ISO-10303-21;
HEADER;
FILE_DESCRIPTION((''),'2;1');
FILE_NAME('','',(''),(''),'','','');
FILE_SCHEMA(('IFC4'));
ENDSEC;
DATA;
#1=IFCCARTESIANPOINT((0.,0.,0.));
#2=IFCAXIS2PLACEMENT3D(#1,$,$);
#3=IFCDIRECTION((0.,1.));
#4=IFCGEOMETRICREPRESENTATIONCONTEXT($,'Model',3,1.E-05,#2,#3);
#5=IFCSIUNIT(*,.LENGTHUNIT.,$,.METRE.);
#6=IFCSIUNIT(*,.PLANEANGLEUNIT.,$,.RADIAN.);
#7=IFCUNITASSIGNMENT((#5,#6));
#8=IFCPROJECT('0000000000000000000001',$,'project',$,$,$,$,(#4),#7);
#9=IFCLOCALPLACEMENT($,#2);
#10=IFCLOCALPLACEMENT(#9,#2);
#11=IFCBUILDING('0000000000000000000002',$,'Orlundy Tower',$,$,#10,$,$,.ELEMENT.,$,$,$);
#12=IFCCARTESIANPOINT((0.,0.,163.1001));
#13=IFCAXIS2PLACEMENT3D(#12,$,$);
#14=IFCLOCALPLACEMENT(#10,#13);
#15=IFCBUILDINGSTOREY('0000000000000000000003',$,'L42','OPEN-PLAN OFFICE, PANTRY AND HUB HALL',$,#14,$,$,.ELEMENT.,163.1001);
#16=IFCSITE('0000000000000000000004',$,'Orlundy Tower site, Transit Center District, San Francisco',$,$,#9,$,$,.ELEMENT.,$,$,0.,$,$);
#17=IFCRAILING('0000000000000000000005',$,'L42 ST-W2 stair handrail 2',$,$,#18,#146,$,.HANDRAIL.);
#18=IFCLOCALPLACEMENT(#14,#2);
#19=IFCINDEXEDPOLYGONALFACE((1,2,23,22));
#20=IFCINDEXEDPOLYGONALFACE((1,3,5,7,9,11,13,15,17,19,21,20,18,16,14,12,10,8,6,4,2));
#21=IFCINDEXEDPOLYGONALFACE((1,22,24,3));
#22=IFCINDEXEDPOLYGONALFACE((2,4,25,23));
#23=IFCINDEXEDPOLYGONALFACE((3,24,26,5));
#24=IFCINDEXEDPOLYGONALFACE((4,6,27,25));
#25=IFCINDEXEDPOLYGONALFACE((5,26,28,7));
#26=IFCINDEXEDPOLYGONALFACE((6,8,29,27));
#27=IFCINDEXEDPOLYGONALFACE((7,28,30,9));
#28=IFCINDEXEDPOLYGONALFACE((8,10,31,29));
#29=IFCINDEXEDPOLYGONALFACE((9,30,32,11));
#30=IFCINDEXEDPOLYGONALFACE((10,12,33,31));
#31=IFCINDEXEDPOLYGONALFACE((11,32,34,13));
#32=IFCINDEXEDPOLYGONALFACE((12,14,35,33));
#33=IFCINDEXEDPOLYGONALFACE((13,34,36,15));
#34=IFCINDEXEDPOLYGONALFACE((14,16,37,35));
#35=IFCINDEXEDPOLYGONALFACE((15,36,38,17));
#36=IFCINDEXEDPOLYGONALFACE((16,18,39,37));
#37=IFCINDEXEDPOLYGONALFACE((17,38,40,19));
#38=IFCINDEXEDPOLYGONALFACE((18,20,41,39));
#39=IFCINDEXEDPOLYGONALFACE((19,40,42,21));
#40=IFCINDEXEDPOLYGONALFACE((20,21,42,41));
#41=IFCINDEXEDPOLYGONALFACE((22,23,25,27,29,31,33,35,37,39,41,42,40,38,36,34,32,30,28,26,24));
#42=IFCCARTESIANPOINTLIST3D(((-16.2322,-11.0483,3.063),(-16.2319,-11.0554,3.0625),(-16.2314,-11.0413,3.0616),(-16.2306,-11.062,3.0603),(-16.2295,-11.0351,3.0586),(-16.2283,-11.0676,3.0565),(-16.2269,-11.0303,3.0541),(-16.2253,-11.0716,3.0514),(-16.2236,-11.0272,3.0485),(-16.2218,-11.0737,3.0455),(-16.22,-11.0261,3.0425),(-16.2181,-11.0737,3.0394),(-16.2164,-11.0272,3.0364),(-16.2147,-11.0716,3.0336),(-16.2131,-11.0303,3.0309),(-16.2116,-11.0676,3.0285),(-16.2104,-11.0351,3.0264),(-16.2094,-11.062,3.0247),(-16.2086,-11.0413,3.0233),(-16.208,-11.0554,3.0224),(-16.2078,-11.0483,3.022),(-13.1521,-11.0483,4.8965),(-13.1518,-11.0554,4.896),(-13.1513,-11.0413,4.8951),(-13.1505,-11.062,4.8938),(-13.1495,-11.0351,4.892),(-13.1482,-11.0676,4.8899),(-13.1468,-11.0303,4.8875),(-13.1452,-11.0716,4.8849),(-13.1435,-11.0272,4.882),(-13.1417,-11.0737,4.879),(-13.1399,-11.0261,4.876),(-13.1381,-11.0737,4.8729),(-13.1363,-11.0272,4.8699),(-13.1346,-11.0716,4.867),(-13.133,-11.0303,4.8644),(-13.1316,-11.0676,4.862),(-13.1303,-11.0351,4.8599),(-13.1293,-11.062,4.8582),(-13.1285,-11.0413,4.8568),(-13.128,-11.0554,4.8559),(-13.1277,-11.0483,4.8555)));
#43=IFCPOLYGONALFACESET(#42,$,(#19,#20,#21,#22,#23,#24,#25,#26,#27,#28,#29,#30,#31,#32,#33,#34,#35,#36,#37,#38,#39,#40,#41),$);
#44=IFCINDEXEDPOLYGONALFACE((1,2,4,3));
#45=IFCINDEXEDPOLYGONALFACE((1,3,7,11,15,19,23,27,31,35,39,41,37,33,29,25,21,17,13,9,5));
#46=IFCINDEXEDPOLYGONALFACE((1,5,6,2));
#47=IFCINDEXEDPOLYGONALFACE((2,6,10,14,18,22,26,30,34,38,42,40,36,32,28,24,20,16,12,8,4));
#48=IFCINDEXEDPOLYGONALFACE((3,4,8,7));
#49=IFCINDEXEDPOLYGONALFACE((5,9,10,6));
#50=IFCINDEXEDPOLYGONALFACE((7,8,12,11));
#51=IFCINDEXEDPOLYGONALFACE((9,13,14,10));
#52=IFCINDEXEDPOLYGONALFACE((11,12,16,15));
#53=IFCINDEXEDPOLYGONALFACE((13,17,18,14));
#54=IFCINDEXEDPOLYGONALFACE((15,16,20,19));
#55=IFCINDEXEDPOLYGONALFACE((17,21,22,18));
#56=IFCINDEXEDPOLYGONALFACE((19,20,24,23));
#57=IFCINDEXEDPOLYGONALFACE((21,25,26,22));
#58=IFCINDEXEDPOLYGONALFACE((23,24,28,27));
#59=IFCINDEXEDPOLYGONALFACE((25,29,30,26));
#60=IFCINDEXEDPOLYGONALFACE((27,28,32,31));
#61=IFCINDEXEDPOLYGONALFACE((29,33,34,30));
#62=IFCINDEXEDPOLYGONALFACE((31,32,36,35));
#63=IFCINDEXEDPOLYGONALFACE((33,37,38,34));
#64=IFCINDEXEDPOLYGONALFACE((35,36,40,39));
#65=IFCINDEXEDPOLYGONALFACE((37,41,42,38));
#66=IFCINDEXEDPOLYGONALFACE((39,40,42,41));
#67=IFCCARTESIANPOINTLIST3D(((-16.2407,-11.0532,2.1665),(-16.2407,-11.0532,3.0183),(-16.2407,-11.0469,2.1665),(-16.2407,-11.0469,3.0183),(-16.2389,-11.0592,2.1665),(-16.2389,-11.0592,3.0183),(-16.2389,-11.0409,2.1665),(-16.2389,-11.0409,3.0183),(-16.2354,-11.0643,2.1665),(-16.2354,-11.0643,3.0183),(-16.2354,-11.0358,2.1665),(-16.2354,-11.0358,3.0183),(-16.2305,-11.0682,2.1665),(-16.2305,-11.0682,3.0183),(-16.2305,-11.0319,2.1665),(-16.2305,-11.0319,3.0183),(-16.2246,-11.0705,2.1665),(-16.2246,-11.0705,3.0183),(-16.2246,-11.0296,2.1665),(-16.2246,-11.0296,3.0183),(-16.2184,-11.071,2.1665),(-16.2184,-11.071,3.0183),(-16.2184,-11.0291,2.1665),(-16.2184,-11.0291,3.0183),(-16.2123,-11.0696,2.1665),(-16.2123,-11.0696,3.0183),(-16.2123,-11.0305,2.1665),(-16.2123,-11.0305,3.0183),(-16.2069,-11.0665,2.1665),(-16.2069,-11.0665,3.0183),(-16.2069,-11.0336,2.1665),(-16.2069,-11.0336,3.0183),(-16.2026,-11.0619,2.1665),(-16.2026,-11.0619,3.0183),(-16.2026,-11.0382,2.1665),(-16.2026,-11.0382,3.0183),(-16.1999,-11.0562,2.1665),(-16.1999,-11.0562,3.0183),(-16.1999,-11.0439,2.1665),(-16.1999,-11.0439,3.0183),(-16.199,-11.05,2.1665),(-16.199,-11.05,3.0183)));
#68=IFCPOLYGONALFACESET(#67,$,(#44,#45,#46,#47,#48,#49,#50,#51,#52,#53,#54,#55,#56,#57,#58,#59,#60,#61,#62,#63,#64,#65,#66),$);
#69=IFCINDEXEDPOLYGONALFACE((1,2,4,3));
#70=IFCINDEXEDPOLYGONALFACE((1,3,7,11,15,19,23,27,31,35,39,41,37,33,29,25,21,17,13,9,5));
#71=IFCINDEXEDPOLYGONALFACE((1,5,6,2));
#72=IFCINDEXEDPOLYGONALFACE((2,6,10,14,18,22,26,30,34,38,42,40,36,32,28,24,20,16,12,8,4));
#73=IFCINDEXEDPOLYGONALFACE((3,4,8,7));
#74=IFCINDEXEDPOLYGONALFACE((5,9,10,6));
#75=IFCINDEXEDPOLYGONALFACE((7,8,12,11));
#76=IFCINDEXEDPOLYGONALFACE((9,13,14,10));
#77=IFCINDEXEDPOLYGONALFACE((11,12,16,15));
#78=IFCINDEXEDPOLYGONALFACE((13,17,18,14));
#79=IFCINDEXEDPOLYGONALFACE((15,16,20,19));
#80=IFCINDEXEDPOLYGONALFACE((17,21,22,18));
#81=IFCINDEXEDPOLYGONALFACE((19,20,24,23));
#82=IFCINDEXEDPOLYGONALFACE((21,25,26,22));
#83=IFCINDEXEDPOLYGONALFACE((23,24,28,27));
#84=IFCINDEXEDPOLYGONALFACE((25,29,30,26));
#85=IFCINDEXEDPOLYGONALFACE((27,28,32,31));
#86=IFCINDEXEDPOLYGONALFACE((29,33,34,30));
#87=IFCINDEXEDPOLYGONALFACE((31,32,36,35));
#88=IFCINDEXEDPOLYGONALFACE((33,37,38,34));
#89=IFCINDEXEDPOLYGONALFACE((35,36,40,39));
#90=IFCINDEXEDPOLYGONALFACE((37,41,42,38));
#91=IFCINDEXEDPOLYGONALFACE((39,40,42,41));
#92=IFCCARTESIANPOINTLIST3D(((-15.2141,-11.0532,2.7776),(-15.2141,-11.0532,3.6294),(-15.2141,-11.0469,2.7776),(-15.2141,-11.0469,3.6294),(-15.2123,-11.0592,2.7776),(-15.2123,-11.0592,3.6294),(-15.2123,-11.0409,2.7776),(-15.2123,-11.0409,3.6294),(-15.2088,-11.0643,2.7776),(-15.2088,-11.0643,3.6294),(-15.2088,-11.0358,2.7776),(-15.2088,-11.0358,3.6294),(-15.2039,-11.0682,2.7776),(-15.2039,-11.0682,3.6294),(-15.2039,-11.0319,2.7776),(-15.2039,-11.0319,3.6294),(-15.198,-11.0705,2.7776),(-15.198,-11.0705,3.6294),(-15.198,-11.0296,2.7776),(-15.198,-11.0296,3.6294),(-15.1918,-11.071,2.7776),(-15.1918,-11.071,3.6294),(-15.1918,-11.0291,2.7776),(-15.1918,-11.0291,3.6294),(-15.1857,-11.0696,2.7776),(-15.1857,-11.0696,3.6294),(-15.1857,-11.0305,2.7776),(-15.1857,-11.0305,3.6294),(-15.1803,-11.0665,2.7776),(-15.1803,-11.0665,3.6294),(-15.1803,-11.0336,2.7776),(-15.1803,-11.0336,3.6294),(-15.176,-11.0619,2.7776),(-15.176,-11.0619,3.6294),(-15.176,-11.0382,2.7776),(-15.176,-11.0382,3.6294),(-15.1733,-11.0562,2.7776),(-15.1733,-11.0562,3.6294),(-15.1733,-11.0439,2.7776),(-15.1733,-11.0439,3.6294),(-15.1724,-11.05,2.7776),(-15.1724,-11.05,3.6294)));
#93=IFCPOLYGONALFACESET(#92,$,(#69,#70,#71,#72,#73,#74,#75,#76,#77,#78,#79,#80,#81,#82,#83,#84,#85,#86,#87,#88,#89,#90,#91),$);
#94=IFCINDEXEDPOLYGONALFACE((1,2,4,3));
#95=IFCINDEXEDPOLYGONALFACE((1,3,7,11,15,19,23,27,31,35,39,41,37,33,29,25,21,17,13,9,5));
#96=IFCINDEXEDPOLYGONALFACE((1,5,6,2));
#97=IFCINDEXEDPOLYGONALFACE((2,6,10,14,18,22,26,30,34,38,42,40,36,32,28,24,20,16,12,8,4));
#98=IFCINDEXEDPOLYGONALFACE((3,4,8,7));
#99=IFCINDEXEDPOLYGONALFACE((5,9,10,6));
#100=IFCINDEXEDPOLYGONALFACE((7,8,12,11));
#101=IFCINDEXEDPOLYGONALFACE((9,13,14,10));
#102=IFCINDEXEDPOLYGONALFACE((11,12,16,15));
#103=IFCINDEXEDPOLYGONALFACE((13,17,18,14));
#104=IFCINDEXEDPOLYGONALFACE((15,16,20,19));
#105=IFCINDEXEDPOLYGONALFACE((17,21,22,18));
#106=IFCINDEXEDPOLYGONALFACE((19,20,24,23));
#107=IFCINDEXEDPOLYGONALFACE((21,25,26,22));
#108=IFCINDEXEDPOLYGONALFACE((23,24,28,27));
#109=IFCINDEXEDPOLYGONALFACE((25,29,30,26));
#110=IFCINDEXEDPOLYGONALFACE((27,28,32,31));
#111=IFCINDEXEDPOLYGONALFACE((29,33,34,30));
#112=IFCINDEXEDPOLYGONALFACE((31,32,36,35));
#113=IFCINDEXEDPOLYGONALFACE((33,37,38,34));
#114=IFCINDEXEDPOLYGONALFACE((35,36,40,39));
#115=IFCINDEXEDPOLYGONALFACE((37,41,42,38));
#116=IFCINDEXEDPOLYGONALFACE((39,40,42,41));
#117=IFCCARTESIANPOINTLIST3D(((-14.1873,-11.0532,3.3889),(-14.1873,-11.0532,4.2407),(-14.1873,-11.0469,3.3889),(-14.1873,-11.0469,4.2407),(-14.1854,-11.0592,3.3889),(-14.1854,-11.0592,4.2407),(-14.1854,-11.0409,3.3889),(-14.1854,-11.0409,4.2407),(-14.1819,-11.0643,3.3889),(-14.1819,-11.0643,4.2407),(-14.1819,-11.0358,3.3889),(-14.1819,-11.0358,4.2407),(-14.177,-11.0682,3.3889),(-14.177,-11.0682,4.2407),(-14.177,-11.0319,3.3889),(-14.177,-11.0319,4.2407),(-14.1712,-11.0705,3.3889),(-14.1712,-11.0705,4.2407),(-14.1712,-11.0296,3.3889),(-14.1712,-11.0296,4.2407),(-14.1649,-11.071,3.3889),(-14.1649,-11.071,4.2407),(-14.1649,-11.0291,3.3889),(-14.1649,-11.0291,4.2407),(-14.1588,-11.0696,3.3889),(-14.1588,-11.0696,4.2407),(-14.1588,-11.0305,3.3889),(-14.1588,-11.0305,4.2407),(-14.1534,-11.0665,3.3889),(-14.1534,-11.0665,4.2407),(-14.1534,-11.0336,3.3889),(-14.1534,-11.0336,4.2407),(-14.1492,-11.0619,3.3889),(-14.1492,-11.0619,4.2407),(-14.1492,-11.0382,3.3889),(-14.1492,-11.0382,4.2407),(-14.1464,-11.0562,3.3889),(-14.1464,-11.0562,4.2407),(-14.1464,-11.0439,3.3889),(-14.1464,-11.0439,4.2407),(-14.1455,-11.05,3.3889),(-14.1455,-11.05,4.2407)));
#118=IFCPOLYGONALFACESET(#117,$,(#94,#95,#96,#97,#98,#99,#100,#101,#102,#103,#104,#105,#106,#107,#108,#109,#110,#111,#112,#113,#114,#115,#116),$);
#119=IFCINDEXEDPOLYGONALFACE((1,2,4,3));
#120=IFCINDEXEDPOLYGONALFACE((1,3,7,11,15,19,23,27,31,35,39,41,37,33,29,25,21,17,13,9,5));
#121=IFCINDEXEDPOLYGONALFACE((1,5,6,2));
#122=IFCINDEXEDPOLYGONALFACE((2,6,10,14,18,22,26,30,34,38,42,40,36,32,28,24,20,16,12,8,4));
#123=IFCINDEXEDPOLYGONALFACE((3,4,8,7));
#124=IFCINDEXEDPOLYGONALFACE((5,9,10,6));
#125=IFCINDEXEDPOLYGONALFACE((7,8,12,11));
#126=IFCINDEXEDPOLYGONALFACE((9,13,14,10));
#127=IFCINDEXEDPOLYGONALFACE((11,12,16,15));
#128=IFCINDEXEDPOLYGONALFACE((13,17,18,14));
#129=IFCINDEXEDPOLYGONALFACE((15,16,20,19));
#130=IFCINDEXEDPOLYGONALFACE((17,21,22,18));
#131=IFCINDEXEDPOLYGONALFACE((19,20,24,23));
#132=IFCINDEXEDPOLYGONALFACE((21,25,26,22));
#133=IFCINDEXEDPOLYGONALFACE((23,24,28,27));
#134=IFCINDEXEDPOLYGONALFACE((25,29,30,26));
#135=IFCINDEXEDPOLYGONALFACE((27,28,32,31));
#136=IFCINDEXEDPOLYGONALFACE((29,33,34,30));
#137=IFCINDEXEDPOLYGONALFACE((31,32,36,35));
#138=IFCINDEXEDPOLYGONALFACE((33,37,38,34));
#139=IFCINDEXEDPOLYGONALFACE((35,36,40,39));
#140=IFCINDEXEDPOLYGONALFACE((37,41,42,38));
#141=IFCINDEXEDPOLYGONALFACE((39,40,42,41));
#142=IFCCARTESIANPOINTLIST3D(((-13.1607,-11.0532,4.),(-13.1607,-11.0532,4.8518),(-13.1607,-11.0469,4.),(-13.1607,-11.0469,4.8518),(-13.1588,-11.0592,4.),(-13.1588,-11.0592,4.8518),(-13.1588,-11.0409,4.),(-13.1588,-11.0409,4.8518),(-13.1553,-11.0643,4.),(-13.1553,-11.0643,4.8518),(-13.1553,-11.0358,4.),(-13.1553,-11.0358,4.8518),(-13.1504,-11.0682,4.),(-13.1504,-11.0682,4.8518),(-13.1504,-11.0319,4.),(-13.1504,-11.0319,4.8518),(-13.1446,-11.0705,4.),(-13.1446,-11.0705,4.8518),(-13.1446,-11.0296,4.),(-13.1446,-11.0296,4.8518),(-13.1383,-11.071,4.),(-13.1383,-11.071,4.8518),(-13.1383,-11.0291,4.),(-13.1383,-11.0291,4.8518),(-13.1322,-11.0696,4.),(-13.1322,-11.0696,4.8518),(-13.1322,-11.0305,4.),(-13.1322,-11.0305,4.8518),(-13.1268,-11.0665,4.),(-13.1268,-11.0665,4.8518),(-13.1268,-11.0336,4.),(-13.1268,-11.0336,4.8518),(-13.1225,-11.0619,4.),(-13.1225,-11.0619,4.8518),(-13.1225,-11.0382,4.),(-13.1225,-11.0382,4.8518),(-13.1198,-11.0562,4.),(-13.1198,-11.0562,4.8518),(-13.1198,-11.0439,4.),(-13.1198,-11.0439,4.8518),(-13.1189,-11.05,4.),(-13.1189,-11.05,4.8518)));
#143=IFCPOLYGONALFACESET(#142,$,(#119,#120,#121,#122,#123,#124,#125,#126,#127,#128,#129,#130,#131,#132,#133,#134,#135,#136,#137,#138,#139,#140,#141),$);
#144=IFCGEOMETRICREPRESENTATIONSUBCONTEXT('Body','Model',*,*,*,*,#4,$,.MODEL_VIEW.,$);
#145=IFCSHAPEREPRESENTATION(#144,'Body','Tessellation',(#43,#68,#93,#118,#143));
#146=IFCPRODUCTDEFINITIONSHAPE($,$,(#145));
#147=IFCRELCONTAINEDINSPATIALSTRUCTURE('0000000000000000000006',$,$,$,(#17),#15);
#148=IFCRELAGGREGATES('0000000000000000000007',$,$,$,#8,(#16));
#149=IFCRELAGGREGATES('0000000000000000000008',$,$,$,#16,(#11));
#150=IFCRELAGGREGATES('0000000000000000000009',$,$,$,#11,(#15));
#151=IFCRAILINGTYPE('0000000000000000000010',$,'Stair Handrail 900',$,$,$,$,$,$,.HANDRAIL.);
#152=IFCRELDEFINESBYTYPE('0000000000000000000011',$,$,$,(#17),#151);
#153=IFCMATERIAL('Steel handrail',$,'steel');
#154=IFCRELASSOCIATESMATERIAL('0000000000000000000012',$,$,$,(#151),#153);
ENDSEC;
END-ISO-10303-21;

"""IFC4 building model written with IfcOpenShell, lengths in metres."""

from ifc_helpers import new_model, si_unit, direction, frame, origin, origin_2d, place, context, subcontext, project, spatial, circle, extrude, material, type_object, element, save


model = new_model("IFC4")

# Units and contexts
model_context = context("Model", 3, precision=1e-05, world=origin(), true_north=direction((0.0, 1.0)))
body_context = subcontext(model_context, "Body", "Model", "MODEL_VIEW")
ifc_project = project(units=[si_unit("LENGTHUNIT", "METRE"), si_unit("PLANEANGLEUNIT", "RADIAN")], contexts=[model_context])

# Site, building, storey
site_placement = place(None, origin())
site = spatial("IfcSite", under=ifc_project, at=site_placement, Name="Orlundy Tower site, Transit Center District, San Francisco", CompositionType="ELEMENT", RefElevation=0.0)
building_placement = place(site_placement, origin())
building = spatial("IfcBuilding", under=site, at=building_placement, Name="Orlundy Tower", CompositionType="ELEMENT")
storey_placement = place(building_placement, frame((0.0, 0.0, 163.1001)))
storey = spatial("IfcBuildingStorey", under=building, at=storey_placement, Name="L42", Description="OPEN-PLAN OFFICE, PANTRY AND HUB HALL", CompositionType="ELEMENT", Elevation=163.1001)

# Railing
ifc_material_1 = material(Name="Steel handrail", Category="steel")
railing_type_1 = type_object("IfcRailingType", Name="Stair Handrail 900", PredefinedType="HANDRAIL", material=ifc_material_1)
railing_1_placement = place(storey_placement, frame((-16.22, -11.05, 2.1665)))
element("IfcRailing", 1, at=railing_1_placement, inside=storey, type_object=railing_type_1, Name="L42 ST-W2 stair handrail 2", PredefinedType="HANDRAIL", context=body_context, shape_type="SweptSolid", body=[
    extrude(circle(Radius=0.0239, at=origin_2d()), frame((0.0, 0.0, 0.876), z_axis=(0.859279, 0.0, 0.511508), x_axis=(0.0, 1.0, 0.0)), (0.0, 0.0, 1.0), 3.5845),
    extrude(circle(Radius=0.021, at=origin_2d()), origin(), (0.0, 0.0, 1.0), 0.8518),
    extrude(circle(Radius=0.021, at=origin_2d()), frame((1.0266, 0.0, 0.6111)), (0.0, 0.0, 1.0), 0.8518),
    extrude(circle(Radius=0.021, at=origin_2d()), frame((2.0535, 0.0, 1.2224)), (0.0, 0.0, 1.0), 0.8518),
    extrude(circle(Radius=0.021, at=origin_2d()), frame((3.0801, 0.0, 1.8335)), (0.0, 0.0, 1.0), 0.8518),
])

save(model, "model.ifc")
